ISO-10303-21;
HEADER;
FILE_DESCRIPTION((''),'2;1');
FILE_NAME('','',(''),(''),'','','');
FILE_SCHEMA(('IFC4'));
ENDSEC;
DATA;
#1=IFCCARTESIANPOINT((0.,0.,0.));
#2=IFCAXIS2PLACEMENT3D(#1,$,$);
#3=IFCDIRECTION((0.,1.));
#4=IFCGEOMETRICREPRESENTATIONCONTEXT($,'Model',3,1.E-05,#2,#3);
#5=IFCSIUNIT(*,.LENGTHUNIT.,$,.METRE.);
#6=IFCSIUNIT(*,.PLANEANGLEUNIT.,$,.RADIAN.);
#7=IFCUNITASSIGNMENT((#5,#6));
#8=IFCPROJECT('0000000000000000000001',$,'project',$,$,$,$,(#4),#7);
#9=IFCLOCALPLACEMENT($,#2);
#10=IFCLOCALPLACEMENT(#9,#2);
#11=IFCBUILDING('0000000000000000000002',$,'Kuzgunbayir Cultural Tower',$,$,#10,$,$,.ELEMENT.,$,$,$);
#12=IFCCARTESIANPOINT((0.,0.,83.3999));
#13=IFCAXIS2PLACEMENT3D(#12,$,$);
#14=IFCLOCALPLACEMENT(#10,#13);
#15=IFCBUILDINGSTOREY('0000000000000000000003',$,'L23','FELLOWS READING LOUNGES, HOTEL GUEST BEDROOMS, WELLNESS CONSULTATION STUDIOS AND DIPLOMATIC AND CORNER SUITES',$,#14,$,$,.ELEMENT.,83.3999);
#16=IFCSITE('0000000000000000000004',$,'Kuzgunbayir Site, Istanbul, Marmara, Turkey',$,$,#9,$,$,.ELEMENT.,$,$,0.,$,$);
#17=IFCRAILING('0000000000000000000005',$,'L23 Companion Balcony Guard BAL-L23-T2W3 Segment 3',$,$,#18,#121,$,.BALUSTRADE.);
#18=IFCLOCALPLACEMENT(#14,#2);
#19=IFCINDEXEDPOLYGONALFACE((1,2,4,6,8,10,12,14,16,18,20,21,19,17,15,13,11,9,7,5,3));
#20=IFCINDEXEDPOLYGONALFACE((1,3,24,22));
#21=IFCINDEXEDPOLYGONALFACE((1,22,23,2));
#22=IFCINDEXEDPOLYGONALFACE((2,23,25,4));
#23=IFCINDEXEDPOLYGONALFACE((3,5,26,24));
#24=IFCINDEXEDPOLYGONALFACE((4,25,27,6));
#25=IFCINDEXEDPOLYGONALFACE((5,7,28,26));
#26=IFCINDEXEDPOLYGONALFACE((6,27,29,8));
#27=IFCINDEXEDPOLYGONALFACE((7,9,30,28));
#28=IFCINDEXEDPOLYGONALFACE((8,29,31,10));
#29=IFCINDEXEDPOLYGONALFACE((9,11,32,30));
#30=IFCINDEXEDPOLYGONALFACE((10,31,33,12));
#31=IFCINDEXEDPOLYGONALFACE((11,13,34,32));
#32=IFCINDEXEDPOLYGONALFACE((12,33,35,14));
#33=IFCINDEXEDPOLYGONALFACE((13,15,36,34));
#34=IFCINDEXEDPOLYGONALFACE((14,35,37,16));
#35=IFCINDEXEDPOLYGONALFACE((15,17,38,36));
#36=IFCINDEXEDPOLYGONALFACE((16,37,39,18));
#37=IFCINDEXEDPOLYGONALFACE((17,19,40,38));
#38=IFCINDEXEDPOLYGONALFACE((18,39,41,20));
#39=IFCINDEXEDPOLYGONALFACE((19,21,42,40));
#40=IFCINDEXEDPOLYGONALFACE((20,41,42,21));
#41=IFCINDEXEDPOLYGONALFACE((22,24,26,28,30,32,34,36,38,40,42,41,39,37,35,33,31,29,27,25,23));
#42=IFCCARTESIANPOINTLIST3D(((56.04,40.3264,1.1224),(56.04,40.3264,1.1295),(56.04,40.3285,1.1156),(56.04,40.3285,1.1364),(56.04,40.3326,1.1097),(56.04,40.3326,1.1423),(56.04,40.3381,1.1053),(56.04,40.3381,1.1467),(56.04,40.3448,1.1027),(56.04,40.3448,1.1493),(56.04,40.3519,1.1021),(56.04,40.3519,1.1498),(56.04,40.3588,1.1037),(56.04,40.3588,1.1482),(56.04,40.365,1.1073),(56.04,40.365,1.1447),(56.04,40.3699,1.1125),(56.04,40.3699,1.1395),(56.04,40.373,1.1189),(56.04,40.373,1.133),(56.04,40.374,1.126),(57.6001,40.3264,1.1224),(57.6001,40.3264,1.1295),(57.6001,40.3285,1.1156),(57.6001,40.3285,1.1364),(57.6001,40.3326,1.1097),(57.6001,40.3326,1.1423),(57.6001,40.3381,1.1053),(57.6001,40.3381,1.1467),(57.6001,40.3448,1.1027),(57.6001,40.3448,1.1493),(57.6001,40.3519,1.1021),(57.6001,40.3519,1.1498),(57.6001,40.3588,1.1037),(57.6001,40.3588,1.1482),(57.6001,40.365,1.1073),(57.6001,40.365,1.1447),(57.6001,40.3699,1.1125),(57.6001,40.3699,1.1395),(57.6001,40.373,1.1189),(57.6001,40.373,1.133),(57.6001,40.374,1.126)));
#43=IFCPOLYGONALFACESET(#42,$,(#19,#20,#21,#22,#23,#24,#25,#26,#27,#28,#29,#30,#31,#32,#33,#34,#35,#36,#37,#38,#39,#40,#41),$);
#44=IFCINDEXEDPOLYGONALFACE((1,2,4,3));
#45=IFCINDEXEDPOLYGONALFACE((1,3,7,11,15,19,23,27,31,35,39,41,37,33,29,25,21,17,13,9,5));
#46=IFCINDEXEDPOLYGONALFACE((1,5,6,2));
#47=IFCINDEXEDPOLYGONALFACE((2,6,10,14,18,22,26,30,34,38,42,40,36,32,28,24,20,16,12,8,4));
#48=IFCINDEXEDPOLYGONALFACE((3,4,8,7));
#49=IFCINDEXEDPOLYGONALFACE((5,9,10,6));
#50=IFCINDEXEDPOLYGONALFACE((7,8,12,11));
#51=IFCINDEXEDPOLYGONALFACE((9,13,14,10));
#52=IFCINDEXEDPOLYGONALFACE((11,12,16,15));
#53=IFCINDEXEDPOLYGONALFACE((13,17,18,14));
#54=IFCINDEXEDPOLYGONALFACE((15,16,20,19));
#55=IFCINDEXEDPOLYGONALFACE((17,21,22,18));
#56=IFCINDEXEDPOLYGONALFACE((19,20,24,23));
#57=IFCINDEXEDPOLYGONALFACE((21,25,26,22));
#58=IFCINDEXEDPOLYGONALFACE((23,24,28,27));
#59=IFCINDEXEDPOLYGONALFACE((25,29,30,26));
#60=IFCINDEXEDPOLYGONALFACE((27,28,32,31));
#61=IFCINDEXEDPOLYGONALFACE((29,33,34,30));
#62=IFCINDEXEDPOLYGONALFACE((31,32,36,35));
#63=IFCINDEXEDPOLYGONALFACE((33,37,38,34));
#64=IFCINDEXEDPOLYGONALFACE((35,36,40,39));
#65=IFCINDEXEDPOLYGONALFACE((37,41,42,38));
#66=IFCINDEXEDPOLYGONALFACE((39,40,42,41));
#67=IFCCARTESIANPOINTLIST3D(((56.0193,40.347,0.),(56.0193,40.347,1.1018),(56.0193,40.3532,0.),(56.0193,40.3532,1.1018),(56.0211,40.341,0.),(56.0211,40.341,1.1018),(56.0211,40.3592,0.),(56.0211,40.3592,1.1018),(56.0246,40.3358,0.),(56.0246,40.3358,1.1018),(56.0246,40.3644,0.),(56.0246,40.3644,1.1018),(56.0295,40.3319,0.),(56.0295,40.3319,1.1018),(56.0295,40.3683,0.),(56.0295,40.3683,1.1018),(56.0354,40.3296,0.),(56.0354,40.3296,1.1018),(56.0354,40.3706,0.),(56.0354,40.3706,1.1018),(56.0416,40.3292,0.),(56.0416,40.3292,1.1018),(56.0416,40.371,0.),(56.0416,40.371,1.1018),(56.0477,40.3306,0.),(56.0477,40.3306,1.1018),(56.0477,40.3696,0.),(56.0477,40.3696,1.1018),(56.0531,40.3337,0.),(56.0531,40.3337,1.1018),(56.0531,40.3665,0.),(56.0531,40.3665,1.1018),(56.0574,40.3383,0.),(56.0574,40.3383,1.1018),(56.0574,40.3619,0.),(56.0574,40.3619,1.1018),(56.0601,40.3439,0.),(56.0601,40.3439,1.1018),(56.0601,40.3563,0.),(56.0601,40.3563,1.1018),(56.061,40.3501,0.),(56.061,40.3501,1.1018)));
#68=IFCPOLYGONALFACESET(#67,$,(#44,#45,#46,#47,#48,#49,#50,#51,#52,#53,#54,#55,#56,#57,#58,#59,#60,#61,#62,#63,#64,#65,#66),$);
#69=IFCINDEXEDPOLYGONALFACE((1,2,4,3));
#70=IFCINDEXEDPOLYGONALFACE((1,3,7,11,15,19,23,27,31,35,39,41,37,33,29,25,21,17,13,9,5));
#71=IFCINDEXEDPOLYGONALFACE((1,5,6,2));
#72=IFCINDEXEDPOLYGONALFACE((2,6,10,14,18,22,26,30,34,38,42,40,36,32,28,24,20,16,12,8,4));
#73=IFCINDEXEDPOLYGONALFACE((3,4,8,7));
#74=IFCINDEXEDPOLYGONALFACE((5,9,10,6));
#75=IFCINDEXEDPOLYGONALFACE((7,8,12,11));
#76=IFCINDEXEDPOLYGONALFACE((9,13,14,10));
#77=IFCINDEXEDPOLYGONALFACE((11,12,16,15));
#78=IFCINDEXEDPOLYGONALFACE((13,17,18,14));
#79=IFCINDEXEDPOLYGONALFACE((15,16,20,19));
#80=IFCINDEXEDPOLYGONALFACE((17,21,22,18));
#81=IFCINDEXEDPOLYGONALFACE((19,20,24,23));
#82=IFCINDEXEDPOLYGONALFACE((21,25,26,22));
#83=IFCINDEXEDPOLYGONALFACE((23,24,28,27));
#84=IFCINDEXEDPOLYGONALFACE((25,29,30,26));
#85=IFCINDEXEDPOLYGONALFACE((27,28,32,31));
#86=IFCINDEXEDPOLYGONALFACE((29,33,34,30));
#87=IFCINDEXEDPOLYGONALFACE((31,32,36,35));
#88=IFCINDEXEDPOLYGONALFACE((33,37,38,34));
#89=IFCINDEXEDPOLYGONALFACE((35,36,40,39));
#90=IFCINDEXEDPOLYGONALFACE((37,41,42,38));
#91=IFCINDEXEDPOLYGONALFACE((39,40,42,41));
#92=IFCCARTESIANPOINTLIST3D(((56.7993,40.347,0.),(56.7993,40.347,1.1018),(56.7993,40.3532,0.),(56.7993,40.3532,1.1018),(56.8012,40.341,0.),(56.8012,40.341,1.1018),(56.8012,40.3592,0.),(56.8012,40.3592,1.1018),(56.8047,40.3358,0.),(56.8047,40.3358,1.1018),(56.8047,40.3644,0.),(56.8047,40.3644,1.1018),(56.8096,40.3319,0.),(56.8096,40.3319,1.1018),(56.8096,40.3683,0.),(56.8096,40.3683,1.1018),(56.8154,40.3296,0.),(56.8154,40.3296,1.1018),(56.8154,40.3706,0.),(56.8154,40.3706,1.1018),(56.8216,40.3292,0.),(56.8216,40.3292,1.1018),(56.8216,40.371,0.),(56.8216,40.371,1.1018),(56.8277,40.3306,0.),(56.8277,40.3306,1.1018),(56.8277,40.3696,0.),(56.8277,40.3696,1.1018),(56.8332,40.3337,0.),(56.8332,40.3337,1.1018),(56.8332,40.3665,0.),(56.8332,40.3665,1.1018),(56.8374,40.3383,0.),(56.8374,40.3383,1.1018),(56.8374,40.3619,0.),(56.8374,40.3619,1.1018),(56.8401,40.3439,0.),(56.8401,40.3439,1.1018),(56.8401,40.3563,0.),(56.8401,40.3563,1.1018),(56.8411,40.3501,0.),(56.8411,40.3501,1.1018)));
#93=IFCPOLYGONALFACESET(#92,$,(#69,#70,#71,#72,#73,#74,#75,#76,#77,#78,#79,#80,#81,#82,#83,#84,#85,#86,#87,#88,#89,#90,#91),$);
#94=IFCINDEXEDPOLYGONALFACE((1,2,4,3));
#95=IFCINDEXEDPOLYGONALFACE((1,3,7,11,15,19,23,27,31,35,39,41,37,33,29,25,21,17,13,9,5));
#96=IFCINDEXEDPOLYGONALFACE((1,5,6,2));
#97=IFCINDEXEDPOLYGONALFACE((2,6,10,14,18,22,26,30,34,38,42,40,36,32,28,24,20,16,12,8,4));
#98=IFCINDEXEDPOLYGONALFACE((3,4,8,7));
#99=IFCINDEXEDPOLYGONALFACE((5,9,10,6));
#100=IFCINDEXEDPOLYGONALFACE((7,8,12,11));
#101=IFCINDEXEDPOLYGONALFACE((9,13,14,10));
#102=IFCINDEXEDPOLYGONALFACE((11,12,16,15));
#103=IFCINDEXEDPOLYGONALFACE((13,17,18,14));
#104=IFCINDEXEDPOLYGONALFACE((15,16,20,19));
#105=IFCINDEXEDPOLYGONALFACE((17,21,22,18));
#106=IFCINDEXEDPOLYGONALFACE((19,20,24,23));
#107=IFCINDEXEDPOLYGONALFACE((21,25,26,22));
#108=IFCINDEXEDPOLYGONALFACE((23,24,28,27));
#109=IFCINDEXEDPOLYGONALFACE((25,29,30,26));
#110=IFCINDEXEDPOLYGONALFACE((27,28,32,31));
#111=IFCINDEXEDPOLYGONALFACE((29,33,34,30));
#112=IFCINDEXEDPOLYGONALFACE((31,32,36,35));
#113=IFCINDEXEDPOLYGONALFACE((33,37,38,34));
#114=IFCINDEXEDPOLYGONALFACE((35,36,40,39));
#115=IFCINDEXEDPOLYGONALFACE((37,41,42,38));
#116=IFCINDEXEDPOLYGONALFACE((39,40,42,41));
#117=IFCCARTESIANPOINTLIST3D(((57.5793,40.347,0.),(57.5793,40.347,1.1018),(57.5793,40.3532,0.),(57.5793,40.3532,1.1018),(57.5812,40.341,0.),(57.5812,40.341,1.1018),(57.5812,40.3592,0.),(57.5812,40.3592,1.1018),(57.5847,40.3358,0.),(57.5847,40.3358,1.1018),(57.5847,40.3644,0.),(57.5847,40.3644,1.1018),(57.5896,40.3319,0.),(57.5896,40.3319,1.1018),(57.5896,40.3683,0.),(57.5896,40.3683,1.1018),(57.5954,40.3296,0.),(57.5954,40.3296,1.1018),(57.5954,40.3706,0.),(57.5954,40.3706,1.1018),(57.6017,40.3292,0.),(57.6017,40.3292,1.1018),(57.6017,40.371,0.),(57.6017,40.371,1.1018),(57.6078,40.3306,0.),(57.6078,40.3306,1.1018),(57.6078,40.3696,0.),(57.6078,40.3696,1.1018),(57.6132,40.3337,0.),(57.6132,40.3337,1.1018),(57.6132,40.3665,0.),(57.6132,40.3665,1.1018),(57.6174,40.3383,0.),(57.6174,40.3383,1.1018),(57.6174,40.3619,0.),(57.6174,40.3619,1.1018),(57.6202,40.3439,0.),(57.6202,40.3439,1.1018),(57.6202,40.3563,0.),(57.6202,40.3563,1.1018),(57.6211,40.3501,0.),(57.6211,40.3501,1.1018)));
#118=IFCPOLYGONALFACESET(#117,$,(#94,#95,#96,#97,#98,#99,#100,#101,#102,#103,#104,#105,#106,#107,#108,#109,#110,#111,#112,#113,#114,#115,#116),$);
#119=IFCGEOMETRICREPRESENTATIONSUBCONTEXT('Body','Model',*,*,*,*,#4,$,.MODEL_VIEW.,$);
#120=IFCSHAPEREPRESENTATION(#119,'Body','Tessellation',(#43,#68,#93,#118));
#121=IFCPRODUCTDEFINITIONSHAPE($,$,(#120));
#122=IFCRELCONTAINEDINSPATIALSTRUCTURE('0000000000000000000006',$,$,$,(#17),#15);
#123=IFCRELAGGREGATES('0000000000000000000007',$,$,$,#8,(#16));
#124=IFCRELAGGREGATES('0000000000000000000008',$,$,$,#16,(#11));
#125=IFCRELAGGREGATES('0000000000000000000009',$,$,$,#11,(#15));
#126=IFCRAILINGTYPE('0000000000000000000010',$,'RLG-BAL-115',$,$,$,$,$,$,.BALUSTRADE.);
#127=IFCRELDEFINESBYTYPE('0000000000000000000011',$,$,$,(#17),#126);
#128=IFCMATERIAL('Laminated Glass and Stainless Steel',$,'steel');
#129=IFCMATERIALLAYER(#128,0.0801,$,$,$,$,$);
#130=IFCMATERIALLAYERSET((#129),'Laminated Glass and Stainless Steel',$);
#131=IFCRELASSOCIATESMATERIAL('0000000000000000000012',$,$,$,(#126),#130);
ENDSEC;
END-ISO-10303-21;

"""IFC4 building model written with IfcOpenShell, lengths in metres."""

from ifc_helpers import new_model, si_unit, direction, frame, origin, origin_2d, place, context, subcontext, project, spatial, circle, extrude, material, layer, layer_set, type_object, element, save


model = new_model("IFC4")

# Units and contexts
model_context = context("Model", 3, precision=1e-05, world=origin(), true_north=direction((0.0, 1.0)))
body_context = subcontext(model_context, "Body", "Model", "MODEL_VIEW")
ifc_project = project(units=[si_unit("LENGTHUNIT", "METRE"), si_unit("PLANEANGLEUNIT", "RADIAN")], contexts=[model_context])

# Site, building, storey
site_placement = place(None, origin())
site = spatial("IfcSite", under=ifc_project, at=site_placement, Name="Kuzgunbayir Site, Istanbul, Marmara, Turkey", CompositionType="ELEMENT", RefElevation=0.0)
building_placement = place(site_placement, origin())
building = spatial("IfcBuilding", under=site, at=building_placement, Name="Kuzgunbayir Cultural Tower", CompositionType="ELEMENT")
storey_placement = place(building_placement, frame((0.0, 0.0, 83.3999)))
storey = spatial("IfcBuildingStorey", under=building, at=storey_placement, Name="L23", Description="FELLOWS READING LOUNGES, HOTEL GUEST BEDROOMS, WELLNESS CONSULTATION STUDIOS AND DIPLOMATIC AND CORNER SUITES", CompositionType="ELEMENT", Elevation=83.3999)

# Railing
ifc_material_1 = material(Name="Laminated Glass and Stainless Steel", Category="steel")
ifc_layer_1 = layer(ifc_material_1, 0.0801)
ifc_layer_set_1 = layer_set([ifc_layer_1], Name="Laminated Glass and Stainless Steel")
railing_type = type_object("IfcRailingType", Name="RLG-BAL-115", PredefinedType="BALUSTRADE", material=ifc_layer_set_1)
railing_1_placement = place(storey_placement, frame((56.04, 40.3501, 0.0)))
element("IfcRailing", 1, at=railing_1_placement, inside=storey, type_object=railing_type, Name="L23 Companion Balcony Guard BAL-L23-T2W3 Segment 3", PredefinedType="BALUSTRADE", context=body_context, shape_type="SweptSolid", body=[
    extrude(circle(Radius=0.0239, at=origin_2d()), frame((0.0, 0.0, 1.126), z_axis=(1.0, 0.0, 0.0), x_axis=(0.0, 1.0, 0.0)), (0.0, 0.0, 1.0), 1.5601),
    extrude(circle(Radius=0.021, at=origin_2d()), origin(), (0.0, 0.0, 1.0), 1.1018),
    extrude(circle(Radius=0.021, at=origin_2d()), frame((0.78, 0.0, 0.0)), (0.0, 0.0, 1.0), 1.1018),
    extrude(circle(Radius=0.021, at=origin_2d()), frame((1.5601, 0.0, 0.0)), (0.0, 0.0, 1.0), 1.1018),
])

save(model, "model.ifc")
